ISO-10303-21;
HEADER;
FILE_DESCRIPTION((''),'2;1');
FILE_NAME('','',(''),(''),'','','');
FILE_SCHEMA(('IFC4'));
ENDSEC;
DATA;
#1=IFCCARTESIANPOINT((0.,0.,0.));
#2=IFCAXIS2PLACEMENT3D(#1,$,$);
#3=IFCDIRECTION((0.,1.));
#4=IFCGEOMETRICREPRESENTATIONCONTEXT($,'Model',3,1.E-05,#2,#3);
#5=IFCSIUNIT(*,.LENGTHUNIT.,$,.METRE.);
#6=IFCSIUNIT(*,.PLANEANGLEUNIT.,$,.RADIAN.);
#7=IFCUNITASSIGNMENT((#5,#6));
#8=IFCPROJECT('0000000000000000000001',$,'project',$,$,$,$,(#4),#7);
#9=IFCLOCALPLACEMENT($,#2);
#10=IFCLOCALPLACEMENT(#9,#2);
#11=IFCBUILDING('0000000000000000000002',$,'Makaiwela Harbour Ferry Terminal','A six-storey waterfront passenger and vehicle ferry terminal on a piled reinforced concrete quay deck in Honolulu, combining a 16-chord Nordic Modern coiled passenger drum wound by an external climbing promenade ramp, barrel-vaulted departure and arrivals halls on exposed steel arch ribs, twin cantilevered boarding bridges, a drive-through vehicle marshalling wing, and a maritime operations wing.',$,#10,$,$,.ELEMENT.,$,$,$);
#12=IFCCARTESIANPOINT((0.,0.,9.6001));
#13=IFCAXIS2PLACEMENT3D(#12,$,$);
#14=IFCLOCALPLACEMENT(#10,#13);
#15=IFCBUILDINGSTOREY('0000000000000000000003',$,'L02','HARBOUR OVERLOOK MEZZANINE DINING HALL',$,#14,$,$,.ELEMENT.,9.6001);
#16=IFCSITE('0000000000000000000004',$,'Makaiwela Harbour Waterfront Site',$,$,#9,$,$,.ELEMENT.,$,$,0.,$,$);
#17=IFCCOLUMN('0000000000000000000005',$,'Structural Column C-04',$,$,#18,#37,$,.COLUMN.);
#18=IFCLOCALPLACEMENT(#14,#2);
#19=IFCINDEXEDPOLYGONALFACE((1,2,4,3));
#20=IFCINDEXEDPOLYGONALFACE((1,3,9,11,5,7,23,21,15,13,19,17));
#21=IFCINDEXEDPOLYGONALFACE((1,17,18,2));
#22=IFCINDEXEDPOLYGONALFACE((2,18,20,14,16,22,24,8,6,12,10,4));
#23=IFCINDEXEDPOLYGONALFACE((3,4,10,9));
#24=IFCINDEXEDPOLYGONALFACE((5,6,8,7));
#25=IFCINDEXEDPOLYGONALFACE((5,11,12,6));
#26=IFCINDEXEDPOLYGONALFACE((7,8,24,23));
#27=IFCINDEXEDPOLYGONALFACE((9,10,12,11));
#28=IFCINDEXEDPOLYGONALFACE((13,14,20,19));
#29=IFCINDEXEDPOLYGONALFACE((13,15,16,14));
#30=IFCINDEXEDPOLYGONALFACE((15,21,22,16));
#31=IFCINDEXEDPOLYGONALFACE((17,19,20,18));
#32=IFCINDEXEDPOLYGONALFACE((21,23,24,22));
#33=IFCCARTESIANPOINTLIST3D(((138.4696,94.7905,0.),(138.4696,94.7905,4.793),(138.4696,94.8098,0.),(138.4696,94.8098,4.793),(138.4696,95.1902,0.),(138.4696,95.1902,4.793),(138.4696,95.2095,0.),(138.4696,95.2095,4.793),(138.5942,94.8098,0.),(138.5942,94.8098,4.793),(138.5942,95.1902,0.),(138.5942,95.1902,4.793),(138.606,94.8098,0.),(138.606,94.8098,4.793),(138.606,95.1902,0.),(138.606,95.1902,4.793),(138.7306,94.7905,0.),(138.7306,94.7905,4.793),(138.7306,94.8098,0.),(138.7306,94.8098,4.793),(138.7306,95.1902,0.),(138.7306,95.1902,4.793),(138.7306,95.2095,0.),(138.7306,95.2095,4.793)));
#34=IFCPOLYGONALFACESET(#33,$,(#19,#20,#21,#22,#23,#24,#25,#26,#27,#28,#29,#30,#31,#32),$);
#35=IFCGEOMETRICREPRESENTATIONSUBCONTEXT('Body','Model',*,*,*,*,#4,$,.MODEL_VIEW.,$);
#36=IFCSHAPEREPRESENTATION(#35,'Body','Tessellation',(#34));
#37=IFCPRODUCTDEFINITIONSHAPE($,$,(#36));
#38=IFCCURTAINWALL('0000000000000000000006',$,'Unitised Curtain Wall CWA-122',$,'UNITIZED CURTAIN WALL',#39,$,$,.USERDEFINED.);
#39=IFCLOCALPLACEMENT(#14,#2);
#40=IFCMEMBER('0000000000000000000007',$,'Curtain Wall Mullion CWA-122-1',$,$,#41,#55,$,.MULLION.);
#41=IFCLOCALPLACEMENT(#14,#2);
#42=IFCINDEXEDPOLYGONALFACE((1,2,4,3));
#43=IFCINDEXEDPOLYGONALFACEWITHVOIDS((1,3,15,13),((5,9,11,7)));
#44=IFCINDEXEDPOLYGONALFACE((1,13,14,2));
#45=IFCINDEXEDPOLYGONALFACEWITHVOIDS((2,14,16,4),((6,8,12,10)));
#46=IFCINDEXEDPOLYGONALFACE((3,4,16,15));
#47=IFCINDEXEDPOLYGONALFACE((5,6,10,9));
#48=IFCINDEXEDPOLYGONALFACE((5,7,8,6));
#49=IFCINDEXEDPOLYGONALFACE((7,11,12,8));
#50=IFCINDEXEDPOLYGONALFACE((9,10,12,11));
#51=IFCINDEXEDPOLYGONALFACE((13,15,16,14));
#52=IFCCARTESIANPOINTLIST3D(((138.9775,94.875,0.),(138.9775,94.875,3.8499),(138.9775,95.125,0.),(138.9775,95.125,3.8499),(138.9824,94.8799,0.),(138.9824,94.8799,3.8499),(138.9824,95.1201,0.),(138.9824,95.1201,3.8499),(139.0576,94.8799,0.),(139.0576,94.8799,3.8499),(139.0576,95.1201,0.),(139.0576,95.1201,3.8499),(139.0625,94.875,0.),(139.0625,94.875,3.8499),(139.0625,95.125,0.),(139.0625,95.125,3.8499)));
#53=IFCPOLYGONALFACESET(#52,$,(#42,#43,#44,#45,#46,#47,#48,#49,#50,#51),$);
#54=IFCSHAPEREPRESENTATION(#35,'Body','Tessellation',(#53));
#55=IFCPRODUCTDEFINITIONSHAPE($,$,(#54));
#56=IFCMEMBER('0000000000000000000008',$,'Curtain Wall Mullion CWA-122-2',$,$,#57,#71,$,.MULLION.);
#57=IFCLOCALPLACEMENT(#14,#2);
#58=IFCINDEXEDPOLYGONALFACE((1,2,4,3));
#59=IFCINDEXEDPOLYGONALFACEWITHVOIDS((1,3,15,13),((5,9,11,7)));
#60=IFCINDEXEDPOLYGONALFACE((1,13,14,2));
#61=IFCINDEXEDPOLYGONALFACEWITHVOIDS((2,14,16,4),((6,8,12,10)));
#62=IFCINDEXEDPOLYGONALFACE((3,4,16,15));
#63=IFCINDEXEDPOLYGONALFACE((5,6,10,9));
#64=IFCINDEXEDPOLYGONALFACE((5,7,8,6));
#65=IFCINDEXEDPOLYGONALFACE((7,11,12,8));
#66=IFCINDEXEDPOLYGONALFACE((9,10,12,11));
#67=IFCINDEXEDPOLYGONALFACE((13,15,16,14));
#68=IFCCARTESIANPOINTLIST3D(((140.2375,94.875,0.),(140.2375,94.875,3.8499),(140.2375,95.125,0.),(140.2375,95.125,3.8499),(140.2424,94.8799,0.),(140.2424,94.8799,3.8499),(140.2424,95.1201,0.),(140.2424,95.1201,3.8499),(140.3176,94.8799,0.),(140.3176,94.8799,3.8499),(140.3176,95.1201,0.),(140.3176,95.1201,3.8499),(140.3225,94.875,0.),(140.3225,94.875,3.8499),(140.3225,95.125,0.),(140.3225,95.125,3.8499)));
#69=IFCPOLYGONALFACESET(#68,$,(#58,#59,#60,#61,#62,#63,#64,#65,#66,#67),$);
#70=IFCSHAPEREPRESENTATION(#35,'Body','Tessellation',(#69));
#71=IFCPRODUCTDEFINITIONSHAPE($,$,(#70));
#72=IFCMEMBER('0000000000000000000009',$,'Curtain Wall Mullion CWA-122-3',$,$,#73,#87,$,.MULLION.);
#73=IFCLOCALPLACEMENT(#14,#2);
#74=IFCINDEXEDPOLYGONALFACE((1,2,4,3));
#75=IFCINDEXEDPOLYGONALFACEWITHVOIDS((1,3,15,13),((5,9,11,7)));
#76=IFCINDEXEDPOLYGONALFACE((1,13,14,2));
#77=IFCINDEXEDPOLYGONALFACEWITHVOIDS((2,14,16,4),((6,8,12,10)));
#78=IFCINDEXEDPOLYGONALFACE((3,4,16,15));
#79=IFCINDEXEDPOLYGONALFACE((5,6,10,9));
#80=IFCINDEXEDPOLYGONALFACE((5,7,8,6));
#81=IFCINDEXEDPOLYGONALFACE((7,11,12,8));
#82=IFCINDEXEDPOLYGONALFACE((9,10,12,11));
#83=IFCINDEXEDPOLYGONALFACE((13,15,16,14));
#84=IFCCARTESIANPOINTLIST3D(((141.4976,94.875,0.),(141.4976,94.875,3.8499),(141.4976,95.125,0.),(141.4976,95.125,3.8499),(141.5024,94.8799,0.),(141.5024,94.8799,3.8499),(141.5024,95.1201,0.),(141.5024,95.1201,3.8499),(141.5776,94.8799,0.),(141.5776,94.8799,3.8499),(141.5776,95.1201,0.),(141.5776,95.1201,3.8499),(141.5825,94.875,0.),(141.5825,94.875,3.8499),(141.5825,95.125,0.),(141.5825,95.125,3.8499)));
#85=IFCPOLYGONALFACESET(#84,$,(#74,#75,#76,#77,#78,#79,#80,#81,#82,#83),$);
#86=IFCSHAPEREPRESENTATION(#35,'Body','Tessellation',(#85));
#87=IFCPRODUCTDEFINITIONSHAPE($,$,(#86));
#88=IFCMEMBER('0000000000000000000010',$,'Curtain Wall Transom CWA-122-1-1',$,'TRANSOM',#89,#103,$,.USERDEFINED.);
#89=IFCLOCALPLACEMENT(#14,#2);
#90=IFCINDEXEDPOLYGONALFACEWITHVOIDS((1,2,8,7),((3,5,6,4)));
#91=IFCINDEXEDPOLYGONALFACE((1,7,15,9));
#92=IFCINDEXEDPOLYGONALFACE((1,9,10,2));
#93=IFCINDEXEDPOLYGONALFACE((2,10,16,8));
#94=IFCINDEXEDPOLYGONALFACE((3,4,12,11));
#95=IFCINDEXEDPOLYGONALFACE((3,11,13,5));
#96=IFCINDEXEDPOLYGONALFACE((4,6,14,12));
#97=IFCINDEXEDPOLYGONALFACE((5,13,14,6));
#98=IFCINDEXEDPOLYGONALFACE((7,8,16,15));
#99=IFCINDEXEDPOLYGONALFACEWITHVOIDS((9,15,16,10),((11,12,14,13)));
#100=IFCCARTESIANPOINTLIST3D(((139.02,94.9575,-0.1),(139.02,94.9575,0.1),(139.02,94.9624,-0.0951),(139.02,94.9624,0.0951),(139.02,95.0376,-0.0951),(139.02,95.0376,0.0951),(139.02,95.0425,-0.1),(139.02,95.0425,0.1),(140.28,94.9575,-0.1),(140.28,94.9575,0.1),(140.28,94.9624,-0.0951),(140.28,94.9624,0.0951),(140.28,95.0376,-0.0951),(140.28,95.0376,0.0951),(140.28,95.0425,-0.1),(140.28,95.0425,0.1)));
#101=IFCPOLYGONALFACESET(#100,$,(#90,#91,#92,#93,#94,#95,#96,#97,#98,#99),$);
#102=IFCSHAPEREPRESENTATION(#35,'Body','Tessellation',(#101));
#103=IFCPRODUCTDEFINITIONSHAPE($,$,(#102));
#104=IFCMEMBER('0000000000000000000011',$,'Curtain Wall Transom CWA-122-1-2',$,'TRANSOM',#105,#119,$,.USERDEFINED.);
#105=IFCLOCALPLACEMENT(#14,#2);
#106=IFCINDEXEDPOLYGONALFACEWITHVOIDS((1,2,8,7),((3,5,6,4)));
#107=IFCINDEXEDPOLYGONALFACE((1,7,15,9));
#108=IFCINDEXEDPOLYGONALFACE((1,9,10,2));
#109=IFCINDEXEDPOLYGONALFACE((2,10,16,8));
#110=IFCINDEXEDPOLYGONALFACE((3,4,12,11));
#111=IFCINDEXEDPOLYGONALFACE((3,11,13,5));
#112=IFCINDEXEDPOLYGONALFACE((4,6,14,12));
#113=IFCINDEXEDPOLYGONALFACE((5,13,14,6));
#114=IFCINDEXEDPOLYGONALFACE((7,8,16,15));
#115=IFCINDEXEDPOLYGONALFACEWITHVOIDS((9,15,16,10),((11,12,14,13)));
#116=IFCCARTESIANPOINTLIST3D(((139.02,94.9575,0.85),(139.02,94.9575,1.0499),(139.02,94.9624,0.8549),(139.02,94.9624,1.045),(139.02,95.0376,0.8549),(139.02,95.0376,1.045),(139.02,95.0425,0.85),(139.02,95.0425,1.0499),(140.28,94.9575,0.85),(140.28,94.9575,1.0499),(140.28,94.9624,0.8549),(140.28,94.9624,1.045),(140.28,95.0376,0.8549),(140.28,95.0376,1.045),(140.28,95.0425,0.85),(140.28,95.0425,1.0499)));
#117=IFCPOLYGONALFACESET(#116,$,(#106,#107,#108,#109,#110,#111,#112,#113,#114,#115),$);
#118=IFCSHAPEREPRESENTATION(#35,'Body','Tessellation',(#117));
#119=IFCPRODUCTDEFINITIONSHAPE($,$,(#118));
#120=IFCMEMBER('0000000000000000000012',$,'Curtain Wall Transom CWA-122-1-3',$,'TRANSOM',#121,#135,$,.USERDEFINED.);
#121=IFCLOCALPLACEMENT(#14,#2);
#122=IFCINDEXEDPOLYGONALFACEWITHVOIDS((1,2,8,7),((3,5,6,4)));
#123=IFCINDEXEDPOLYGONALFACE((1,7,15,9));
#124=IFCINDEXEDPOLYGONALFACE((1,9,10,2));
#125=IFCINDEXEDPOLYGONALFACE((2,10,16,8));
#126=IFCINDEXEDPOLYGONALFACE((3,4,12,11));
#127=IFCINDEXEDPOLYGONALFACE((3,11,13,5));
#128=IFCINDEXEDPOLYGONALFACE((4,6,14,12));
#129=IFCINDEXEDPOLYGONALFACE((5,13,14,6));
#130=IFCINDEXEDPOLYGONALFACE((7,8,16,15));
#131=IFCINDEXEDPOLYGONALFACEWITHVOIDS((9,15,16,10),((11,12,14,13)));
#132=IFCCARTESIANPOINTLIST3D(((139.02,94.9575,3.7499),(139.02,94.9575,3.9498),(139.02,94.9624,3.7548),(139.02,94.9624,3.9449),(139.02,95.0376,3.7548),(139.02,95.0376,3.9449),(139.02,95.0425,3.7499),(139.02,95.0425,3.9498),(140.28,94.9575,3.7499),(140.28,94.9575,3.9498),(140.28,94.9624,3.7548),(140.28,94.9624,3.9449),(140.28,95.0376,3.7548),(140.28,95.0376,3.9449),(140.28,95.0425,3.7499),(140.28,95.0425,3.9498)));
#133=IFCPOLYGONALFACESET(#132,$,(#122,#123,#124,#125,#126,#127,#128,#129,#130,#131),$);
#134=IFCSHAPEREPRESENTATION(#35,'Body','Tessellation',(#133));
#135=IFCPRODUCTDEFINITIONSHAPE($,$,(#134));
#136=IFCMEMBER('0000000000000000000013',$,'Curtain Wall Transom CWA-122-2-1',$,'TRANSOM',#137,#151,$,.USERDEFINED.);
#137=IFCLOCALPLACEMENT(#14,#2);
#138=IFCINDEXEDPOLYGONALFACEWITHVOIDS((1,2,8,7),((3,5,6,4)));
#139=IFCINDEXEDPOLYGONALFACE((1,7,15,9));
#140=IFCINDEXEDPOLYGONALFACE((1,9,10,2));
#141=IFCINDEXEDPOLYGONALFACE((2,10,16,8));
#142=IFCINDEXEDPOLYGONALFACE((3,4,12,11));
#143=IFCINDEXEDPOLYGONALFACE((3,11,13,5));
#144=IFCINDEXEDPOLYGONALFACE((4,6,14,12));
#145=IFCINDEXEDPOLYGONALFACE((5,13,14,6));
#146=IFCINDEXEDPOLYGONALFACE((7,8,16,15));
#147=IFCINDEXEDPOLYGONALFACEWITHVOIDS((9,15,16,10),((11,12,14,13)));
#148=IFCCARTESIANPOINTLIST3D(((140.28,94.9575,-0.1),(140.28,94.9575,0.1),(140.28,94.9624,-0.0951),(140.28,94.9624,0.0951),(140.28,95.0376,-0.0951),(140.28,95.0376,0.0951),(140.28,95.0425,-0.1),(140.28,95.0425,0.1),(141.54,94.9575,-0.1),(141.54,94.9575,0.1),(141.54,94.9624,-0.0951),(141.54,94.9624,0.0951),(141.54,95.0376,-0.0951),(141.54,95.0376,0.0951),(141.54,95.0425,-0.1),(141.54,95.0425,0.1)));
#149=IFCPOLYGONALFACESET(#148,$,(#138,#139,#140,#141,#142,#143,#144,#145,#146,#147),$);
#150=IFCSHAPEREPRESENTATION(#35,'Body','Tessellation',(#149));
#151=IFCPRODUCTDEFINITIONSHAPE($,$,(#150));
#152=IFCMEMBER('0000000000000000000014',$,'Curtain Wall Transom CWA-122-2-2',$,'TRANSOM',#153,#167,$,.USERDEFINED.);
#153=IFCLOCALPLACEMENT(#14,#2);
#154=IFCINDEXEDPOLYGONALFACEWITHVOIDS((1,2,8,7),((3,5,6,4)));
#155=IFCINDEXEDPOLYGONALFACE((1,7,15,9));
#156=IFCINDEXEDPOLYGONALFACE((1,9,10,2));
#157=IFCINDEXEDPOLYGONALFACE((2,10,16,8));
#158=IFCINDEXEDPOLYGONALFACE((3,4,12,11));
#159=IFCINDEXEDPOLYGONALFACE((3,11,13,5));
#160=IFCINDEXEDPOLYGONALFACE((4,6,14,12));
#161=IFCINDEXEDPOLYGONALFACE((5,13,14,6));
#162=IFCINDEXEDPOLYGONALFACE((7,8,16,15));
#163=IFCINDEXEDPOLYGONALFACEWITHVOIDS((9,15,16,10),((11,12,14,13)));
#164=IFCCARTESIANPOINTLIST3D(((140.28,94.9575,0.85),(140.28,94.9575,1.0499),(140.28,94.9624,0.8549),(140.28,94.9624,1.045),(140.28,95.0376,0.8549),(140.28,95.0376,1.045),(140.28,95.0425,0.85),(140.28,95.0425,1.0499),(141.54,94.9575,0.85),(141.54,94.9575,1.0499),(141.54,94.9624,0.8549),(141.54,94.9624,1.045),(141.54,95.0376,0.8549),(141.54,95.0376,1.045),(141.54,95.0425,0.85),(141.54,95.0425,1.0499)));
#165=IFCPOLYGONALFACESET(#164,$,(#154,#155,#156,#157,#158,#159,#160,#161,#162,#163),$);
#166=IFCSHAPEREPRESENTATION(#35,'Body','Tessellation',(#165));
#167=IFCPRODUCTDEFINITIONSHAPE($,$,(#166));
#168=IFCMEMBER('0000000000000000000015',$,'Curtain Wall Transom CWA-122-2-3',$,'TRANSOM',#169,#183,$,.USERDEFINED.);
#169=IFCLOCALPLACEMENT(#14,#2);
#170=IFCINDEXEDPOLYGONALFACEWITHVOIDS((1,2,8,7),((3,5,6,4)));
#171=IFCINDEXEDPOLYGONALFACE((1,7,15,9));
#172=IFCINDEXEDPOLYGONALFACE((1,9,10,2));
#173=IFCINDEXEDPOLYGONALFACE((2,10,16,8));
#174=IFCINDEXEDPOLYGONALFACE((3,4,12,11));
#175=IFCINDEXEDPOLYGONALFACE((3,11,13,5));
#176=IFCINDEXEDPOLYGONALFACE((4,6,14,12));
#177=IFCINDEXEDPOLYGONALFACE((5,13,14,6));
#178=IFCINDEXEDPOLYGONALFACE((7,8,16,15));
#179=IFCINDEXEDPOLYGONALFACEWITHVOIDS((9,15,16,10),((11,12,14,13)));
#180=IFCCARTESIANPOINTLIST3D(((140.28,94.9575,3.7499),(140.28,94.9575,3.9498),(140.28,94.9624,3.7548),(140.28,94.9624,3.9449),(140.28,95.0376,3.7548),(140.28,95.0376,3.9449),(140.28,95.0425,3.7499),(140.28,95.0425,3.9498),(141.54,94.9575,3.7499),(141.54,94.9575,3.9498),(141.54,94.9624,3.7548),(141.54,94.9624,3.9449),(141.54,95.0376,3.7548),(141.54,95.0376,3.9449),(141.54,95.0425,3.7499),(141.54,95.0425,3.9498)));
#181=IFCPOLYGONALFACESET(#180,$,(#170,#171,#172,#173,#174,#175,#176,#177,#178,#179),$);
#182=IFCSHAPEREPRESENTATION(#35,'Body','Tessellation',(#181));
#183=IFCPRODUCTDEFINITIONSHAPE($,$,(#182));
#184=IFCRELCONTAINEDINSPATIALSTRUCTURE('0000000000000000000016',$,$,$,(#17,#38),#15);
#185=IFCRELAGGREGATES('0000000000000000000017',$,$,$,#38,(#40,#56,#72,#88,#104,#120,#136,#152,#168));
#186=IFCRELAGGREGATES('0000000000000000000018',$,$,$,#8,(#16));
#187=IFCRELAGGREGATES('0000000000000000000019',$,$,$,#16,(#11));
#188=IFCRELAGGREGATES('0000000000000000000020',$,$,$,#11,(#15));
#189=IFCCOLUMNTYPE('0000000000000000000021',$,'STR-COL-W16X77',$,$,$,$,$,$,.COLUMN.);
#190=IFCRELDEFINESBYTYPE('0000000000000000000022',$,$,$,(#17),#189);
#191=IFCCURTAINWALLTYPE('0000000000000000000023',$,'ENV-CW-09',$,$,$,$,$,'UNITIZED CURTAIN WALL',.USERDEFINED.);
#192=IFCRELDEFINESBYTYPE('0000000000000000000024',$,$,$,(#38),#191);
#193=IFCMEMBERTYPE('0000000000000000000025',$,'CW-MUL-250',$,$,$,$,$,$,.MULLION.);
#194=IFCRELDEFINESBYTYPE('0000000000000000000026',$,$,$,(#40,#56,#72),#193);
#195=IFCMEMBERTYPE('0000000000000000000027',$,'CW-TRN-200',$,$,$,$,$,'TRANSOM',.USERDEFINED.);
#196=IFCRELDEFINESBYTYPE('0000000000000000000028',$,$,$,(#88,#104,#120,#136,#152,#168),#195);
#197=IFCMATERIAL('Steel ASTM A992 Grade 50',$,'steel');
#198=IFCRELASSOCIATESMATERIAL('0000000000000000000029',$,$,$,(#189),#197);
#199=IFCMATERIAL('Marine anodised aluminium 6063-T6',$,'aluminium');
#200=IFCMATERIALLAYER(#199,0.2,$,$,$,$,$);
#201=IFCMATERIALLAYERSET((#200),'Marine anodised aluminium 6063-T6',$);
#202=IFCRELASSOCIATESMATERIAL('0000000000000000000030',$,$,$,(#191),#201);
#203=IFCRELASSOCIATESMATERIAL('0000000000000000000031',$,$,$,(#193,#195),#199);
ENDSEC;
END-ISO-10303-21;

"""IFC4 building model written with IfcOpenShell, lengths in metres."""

from ifc_helpers import new_model, si_unit, direction, frame, origin, origin_2d, place, context, subcontext, project, spatial, hollow_rectangle, i_section, extrude, material, layer, layer_set, material_profile, profile_set, type_object, element, aggregate, save


model = new_model("IFC4")

# Units and contexts
model_context = context("Model", 3, precision=1e-05, world=origin(), true_north=direction((0.0, 1.0)))
body_context = subcontext(model_context, "Body", "Model", "MODEL_VIEW")
ifc_project = project(units=[si_unit("LENGTHUNIT", "METRE"), si_unit("PLANEANGLEUNIT", "RADIAN")], contexts=[model_context])

# Site, building, storey
site_placement = place(None, origin())
site = spatial("IfcSite", under=ifc_project, at=site_placement, Name="Makaiwela Harbour Waterfront Site", CompositionType="ELEMENT", RefElevation=0.0)
building_placement = place(site_placement, origin())
building = spatial("IfcBuilding", under=site, at=building_placement, Name="Makaiwela Harbour Ferry Terminal", Description="A six-storey waterfront passenger and vehicle ferry terminal on a piled reinforced concrete quay deck in Honolulu, combining a 16-chord Nordic Modern coiled passenger drum wound by an external climbing promenade ramp, barrel-vaulted departure and arrivals halls on exposed steel arch ribs, twin cantilevered boarding bridges, a drive-through vehicle marshalling wing, and a maritime operations wing.", CompositionType="ELEMENT")
storey_placement = place(building_placement, frame((0.0, 0.0, 9.6001)))
storey = spatial("IfcBuildingStorey", under=building, at=storey_placement, Name="L02", Description="HARBOUR OVERLOOK MEZZANINE DINING HALL", CompositionType="ELEMENT", Elevation=9.6001)

# Column
ifc_material_1 = material(Name="Steel ASTM A992 Grade 50", Category="steel")
ifc_material_profile_1 = material_profile(ifc_material_1, i_section(OverallWidth=0.261, OverallDepth=0.4189, WebThickness=0.0117, FlangeThickness=0.0193, at=origin_2d()), Name="W16X77")
ifc_profile_set_1 = profile_set([ifc_material_profile_1], Name="Steel ASTM A992 Grade 50")
column_type = type_object("IfcColumnType", Name="STR-COL-W16X77", PredefinedType="COLUMN", material=ifc_profile_set_1)
column_placement = place(storey_placement, frame((138.6001, 95.0, 0.0), z_axis=(0.0, 0.0, 1.0), x_axis=(1.0, 0.0, 0.0)))
element("IfcColumn", 1, at=column_placement, inside=storey, type_object=column_type, Name="Structural Column C-04", PredefinedType="COLUMN", context=body_context, shape_type="SweptSolid", body=[
    extrude(i_section(OverallWidth=0.261, OverallDepth=0.4189, WebThickness=0.0117, FlangeThickness=0.0193, at=origin_2d()), origin(), (0.0, 0.0, 1.0), 4.793),
])

# Curtain wall, members
ifc_material_2 = material(Name="Marine anodised aluminium 6063-T6", Category="aluminium")
ifc_layer_1 = layer(ifc_material_2, 0.2)
ifc_layer_set_1 = layer_set([ifc_layer_1], Name="Marine anodised aluminium 6063-T6")
curtain_wall_type = type_object("IfcCurtainWallType", Name="ENV-CW-09", ElementType="UNITIZED CURTAIN WALL", PredefinedType="USERDEFINED", material=ifc_layer_set_1)
curtain_wall_placement = place(storey_placement, origin())
curtain_wall = element("IfcCurtainWall", 2, at=curtain_wall_placement, inside=storey, type_object=curtain_wall_type, Name="Unitised Curtain Wall CWA-122", ObjectType="UNITIZED CURTAIN WALL", PredefinedType="USERDEFINED")
ifc_material_profile_2 = material_profile(ifc_material_2, hollow_rectangle(XDim=0.085, YDim=0.25, WallThickness=0.0049, at=origin_2d()), Name="CWM-250X85")
ifc_profile_set_2 = profile_set([ifc_material_profile_2], Name="Marine anodised aluminium 6063-T6")
member_type_1 = type_object("IfcMemberType", Name="CW-MUL-250", PredefinedType="MULLION", material=ifc_profile_set_2)
member_1_placement = place(storey_placement, frame((139.02, 95.0, 0.0), z_axis=(0.0, 0.0, 1.0), x_axis=(1.0, 0.0, 0.0)))
member_1 = element("IfcMember", 3, at=member_1_placement, type_object=member_type_1, Name="Curtain Wall Mullion CWA-122-1", PredefinedType="MULLION", context=body_context, shape_type="SweptSolid", body=[
    extrude(hollow_rectangle(XDim=0.085, YDim=0.25, WallThickness=0.0049, at=origin_2d()), origin(), (0.0, 0.0, 1.0), 3.8499),
])
member_2_placement = place(storey_placement, frame((140.28, 95.0, 0.0), z_axis=(0.0, 0.0, 1.0), x_axis=(1.0, 0.0, 0.0)))
member_2 = element("IfcMember", 4, at=member_2_placement, type_object=member_type_1, Name="Curtain Wall Mullion CWA-122-2", PredefinedType="MULLION", context=body_context, shape_type="SweptSolid", body=[
    extrude(hollow_rectangle(XDim=0.085, YDim=0.25, WallThickness=0.0049, at=origin_2d()), origin(), (0.0, 0.0, 1.0), 3.8499),
])
member_3_placement = place(storey_placement, frame((141.54, 95.0, 0.0), z_axis=(0.0, 0.0, 1.0), x_axis=(1.0, 0.0, 0.0)))
member_3 = element("IfcMember", 5, at=member_3_placement, type_object=member_type_1, Name="Curtain Wall Mullion CWA-122-3", PredefinedType="MULLION", context=body_context, shape_type="SweptSolid", body=[
    extrude(hollow_rectangle(XDim=0.085, YDim=0.25, WallThickness=0.0049, at=origin_2d()), origin(), (0.0, 0.0, 1.0), 3.8499),
])
ifc_material_profile_3 = material_profile(ifc_material_2, hollow_rectangle(XDim=0.085, YDim=0.2, WallThickness=0.0049, at=origin_2d()), Name="CWT-200X85")
ifc_profile_set_3 = profile_set([ifc_material_profile_3], Name="Marine anodised aluminium 6063-T6")
member_type_2 = type_object("IfcMemberType", Name="CW-TRN-200", ElementType="TRANSOM", PredefinedType="USERDEFINED", material=ifc_profile_set_3)
member_4_placement = place(storey_placement, frame((139.02, 95.0, 0.0), z_axis=(1.0, 0.0, 0.0), x_axis=(0.0, 1.0, 0.0)))
member_4 = element("IfcMember", 6, at=member_4_placement, type_object=member_type_2, Name="Curtain Wall Transom CWA-122-1-1", ObjectType="TRANSOM", PredefinedType="USERDEFINED", context=body_context, shape_type="SweptSolid", body=[
    extrude(hollow_rectangle(XDim=0.085, YDim=0.2, WallThickness=0.0049, at=origin_2d()), origin(), (0.0, 0.0, 1.0), 1.26),
])
member_5_placement = place(storey_placement, frame((139.02, 95.0, 0.95), z_axis=(1.0, 0.0, 0.0), x_axis=(0.0, 1.0, 0.0)))
member_5 = element("IfcMember", 7, at=member_5_placement, type_object=member_type_2, Name="Curtain Wall Transom CWA-122-1-2", ObjectType="TRANSOM", PredefinedType="USERDEFINED", context=body_context, shape_type="SweptSolid", body=[
    extrude(hollow_rectangle(XDim=0.085, YDim=0.2, WallThickness=0.0049, at=origin_2d()), origin(), (0.0, 0.0, 1.0), 1.26),
])
member_6_placement = place(storey_placement, frame((139.02, 95.0, 3.8499), z_axis=(1.0, 0.0, 0.0), x_axis=(0.0, 1.0, 0.0)))
member_6 = element("IfcMember", 8, at=member_6_placement, type_object=member_type_2, Name="Curtain Wall Transom CWA-122-1-3", ObjectType="TRANSOM", PredefinedType="USERDEFINED", context=body_context, shape_type="SweptSolid", body=[
    extrude(hollow_rectangle(XDim=0.085, YDim=0.2, WallThickness=0.0049, at=origin_2d()), origin(), (0.0, 0.0, 1.0), 1.26),
])
member_7_placement = place(storey_placement, frame((140.28, 95.0, 0.0), z_axis=(1.0, 0.0, 0.0), x_axis=(0.0, 1.0, 0.0)))
member_7 = element("IfcMember", 9, at=member_7_placement, type_object=member_type_2, Name="Curtain Wall Transom CWA-122-2-1", ObjectType="TRANSOM", PredefinedType="USERDEFINED", context=body_context, shape_type="SweptSolid", body=[
    extrude(hollow_rectangle(XDim=0.085, YDim=0.2, WallThickness=0.0049, at=origin_2d()), origin(), (0.0, 0.0, 1.0), 1.26),
])
member_8_placement = place(storey_placement, frame((140.28, 95.0, 0.95), z_axis=(1.0, 0.0, 0.0), x_axis=(0.0, 1.0, 0.0)))
member_8 = element("IfcMember", 10, at=member_8_placement, type_object=member_type_2, Name="Curtain Wall Transom CWA-122-2-2", ObjectType="TRANSOM", PredefinedType="USERDEFINED", context=body_context, shape_type="SweptSolid", body=[
    extrude(hollow_rectangle(XDim=0.085, YDim=0.2, WallThickness=0.0049, at=origin_2d()), origin(), (0.0, 0.0, 1.0), 1.26),
])
member_9_placement = place(storey_placement, frame((140.28, 95.0, 3.8499), z_axis=(1.0, 0.0, 0.0), x_axis=(0.0, 1.0, 0.0)))
member_9 = element("IfcMember", 11, at=member_9_placement, type_object=member_type_2, Name="Curtain Wall Transom CWA-122-2-3", ObjectType="TRANSOM", PredefinedType="USERDEFINED", context=body_context, shape_type="SweptSolid", body=[
    extrude(hollow_rectangle(XDim=0.085, YDim=0.2, WallThickness=0.0049, at=origin_2d()), origin(), (0.0, 0.0, 1.0), 1.26),
])

aggregate(curtain_wall, [member_1, member_2, member_3, member_4, member_5, member_6, member_7, member_8, member_9])

save(model, "model.ifc")
